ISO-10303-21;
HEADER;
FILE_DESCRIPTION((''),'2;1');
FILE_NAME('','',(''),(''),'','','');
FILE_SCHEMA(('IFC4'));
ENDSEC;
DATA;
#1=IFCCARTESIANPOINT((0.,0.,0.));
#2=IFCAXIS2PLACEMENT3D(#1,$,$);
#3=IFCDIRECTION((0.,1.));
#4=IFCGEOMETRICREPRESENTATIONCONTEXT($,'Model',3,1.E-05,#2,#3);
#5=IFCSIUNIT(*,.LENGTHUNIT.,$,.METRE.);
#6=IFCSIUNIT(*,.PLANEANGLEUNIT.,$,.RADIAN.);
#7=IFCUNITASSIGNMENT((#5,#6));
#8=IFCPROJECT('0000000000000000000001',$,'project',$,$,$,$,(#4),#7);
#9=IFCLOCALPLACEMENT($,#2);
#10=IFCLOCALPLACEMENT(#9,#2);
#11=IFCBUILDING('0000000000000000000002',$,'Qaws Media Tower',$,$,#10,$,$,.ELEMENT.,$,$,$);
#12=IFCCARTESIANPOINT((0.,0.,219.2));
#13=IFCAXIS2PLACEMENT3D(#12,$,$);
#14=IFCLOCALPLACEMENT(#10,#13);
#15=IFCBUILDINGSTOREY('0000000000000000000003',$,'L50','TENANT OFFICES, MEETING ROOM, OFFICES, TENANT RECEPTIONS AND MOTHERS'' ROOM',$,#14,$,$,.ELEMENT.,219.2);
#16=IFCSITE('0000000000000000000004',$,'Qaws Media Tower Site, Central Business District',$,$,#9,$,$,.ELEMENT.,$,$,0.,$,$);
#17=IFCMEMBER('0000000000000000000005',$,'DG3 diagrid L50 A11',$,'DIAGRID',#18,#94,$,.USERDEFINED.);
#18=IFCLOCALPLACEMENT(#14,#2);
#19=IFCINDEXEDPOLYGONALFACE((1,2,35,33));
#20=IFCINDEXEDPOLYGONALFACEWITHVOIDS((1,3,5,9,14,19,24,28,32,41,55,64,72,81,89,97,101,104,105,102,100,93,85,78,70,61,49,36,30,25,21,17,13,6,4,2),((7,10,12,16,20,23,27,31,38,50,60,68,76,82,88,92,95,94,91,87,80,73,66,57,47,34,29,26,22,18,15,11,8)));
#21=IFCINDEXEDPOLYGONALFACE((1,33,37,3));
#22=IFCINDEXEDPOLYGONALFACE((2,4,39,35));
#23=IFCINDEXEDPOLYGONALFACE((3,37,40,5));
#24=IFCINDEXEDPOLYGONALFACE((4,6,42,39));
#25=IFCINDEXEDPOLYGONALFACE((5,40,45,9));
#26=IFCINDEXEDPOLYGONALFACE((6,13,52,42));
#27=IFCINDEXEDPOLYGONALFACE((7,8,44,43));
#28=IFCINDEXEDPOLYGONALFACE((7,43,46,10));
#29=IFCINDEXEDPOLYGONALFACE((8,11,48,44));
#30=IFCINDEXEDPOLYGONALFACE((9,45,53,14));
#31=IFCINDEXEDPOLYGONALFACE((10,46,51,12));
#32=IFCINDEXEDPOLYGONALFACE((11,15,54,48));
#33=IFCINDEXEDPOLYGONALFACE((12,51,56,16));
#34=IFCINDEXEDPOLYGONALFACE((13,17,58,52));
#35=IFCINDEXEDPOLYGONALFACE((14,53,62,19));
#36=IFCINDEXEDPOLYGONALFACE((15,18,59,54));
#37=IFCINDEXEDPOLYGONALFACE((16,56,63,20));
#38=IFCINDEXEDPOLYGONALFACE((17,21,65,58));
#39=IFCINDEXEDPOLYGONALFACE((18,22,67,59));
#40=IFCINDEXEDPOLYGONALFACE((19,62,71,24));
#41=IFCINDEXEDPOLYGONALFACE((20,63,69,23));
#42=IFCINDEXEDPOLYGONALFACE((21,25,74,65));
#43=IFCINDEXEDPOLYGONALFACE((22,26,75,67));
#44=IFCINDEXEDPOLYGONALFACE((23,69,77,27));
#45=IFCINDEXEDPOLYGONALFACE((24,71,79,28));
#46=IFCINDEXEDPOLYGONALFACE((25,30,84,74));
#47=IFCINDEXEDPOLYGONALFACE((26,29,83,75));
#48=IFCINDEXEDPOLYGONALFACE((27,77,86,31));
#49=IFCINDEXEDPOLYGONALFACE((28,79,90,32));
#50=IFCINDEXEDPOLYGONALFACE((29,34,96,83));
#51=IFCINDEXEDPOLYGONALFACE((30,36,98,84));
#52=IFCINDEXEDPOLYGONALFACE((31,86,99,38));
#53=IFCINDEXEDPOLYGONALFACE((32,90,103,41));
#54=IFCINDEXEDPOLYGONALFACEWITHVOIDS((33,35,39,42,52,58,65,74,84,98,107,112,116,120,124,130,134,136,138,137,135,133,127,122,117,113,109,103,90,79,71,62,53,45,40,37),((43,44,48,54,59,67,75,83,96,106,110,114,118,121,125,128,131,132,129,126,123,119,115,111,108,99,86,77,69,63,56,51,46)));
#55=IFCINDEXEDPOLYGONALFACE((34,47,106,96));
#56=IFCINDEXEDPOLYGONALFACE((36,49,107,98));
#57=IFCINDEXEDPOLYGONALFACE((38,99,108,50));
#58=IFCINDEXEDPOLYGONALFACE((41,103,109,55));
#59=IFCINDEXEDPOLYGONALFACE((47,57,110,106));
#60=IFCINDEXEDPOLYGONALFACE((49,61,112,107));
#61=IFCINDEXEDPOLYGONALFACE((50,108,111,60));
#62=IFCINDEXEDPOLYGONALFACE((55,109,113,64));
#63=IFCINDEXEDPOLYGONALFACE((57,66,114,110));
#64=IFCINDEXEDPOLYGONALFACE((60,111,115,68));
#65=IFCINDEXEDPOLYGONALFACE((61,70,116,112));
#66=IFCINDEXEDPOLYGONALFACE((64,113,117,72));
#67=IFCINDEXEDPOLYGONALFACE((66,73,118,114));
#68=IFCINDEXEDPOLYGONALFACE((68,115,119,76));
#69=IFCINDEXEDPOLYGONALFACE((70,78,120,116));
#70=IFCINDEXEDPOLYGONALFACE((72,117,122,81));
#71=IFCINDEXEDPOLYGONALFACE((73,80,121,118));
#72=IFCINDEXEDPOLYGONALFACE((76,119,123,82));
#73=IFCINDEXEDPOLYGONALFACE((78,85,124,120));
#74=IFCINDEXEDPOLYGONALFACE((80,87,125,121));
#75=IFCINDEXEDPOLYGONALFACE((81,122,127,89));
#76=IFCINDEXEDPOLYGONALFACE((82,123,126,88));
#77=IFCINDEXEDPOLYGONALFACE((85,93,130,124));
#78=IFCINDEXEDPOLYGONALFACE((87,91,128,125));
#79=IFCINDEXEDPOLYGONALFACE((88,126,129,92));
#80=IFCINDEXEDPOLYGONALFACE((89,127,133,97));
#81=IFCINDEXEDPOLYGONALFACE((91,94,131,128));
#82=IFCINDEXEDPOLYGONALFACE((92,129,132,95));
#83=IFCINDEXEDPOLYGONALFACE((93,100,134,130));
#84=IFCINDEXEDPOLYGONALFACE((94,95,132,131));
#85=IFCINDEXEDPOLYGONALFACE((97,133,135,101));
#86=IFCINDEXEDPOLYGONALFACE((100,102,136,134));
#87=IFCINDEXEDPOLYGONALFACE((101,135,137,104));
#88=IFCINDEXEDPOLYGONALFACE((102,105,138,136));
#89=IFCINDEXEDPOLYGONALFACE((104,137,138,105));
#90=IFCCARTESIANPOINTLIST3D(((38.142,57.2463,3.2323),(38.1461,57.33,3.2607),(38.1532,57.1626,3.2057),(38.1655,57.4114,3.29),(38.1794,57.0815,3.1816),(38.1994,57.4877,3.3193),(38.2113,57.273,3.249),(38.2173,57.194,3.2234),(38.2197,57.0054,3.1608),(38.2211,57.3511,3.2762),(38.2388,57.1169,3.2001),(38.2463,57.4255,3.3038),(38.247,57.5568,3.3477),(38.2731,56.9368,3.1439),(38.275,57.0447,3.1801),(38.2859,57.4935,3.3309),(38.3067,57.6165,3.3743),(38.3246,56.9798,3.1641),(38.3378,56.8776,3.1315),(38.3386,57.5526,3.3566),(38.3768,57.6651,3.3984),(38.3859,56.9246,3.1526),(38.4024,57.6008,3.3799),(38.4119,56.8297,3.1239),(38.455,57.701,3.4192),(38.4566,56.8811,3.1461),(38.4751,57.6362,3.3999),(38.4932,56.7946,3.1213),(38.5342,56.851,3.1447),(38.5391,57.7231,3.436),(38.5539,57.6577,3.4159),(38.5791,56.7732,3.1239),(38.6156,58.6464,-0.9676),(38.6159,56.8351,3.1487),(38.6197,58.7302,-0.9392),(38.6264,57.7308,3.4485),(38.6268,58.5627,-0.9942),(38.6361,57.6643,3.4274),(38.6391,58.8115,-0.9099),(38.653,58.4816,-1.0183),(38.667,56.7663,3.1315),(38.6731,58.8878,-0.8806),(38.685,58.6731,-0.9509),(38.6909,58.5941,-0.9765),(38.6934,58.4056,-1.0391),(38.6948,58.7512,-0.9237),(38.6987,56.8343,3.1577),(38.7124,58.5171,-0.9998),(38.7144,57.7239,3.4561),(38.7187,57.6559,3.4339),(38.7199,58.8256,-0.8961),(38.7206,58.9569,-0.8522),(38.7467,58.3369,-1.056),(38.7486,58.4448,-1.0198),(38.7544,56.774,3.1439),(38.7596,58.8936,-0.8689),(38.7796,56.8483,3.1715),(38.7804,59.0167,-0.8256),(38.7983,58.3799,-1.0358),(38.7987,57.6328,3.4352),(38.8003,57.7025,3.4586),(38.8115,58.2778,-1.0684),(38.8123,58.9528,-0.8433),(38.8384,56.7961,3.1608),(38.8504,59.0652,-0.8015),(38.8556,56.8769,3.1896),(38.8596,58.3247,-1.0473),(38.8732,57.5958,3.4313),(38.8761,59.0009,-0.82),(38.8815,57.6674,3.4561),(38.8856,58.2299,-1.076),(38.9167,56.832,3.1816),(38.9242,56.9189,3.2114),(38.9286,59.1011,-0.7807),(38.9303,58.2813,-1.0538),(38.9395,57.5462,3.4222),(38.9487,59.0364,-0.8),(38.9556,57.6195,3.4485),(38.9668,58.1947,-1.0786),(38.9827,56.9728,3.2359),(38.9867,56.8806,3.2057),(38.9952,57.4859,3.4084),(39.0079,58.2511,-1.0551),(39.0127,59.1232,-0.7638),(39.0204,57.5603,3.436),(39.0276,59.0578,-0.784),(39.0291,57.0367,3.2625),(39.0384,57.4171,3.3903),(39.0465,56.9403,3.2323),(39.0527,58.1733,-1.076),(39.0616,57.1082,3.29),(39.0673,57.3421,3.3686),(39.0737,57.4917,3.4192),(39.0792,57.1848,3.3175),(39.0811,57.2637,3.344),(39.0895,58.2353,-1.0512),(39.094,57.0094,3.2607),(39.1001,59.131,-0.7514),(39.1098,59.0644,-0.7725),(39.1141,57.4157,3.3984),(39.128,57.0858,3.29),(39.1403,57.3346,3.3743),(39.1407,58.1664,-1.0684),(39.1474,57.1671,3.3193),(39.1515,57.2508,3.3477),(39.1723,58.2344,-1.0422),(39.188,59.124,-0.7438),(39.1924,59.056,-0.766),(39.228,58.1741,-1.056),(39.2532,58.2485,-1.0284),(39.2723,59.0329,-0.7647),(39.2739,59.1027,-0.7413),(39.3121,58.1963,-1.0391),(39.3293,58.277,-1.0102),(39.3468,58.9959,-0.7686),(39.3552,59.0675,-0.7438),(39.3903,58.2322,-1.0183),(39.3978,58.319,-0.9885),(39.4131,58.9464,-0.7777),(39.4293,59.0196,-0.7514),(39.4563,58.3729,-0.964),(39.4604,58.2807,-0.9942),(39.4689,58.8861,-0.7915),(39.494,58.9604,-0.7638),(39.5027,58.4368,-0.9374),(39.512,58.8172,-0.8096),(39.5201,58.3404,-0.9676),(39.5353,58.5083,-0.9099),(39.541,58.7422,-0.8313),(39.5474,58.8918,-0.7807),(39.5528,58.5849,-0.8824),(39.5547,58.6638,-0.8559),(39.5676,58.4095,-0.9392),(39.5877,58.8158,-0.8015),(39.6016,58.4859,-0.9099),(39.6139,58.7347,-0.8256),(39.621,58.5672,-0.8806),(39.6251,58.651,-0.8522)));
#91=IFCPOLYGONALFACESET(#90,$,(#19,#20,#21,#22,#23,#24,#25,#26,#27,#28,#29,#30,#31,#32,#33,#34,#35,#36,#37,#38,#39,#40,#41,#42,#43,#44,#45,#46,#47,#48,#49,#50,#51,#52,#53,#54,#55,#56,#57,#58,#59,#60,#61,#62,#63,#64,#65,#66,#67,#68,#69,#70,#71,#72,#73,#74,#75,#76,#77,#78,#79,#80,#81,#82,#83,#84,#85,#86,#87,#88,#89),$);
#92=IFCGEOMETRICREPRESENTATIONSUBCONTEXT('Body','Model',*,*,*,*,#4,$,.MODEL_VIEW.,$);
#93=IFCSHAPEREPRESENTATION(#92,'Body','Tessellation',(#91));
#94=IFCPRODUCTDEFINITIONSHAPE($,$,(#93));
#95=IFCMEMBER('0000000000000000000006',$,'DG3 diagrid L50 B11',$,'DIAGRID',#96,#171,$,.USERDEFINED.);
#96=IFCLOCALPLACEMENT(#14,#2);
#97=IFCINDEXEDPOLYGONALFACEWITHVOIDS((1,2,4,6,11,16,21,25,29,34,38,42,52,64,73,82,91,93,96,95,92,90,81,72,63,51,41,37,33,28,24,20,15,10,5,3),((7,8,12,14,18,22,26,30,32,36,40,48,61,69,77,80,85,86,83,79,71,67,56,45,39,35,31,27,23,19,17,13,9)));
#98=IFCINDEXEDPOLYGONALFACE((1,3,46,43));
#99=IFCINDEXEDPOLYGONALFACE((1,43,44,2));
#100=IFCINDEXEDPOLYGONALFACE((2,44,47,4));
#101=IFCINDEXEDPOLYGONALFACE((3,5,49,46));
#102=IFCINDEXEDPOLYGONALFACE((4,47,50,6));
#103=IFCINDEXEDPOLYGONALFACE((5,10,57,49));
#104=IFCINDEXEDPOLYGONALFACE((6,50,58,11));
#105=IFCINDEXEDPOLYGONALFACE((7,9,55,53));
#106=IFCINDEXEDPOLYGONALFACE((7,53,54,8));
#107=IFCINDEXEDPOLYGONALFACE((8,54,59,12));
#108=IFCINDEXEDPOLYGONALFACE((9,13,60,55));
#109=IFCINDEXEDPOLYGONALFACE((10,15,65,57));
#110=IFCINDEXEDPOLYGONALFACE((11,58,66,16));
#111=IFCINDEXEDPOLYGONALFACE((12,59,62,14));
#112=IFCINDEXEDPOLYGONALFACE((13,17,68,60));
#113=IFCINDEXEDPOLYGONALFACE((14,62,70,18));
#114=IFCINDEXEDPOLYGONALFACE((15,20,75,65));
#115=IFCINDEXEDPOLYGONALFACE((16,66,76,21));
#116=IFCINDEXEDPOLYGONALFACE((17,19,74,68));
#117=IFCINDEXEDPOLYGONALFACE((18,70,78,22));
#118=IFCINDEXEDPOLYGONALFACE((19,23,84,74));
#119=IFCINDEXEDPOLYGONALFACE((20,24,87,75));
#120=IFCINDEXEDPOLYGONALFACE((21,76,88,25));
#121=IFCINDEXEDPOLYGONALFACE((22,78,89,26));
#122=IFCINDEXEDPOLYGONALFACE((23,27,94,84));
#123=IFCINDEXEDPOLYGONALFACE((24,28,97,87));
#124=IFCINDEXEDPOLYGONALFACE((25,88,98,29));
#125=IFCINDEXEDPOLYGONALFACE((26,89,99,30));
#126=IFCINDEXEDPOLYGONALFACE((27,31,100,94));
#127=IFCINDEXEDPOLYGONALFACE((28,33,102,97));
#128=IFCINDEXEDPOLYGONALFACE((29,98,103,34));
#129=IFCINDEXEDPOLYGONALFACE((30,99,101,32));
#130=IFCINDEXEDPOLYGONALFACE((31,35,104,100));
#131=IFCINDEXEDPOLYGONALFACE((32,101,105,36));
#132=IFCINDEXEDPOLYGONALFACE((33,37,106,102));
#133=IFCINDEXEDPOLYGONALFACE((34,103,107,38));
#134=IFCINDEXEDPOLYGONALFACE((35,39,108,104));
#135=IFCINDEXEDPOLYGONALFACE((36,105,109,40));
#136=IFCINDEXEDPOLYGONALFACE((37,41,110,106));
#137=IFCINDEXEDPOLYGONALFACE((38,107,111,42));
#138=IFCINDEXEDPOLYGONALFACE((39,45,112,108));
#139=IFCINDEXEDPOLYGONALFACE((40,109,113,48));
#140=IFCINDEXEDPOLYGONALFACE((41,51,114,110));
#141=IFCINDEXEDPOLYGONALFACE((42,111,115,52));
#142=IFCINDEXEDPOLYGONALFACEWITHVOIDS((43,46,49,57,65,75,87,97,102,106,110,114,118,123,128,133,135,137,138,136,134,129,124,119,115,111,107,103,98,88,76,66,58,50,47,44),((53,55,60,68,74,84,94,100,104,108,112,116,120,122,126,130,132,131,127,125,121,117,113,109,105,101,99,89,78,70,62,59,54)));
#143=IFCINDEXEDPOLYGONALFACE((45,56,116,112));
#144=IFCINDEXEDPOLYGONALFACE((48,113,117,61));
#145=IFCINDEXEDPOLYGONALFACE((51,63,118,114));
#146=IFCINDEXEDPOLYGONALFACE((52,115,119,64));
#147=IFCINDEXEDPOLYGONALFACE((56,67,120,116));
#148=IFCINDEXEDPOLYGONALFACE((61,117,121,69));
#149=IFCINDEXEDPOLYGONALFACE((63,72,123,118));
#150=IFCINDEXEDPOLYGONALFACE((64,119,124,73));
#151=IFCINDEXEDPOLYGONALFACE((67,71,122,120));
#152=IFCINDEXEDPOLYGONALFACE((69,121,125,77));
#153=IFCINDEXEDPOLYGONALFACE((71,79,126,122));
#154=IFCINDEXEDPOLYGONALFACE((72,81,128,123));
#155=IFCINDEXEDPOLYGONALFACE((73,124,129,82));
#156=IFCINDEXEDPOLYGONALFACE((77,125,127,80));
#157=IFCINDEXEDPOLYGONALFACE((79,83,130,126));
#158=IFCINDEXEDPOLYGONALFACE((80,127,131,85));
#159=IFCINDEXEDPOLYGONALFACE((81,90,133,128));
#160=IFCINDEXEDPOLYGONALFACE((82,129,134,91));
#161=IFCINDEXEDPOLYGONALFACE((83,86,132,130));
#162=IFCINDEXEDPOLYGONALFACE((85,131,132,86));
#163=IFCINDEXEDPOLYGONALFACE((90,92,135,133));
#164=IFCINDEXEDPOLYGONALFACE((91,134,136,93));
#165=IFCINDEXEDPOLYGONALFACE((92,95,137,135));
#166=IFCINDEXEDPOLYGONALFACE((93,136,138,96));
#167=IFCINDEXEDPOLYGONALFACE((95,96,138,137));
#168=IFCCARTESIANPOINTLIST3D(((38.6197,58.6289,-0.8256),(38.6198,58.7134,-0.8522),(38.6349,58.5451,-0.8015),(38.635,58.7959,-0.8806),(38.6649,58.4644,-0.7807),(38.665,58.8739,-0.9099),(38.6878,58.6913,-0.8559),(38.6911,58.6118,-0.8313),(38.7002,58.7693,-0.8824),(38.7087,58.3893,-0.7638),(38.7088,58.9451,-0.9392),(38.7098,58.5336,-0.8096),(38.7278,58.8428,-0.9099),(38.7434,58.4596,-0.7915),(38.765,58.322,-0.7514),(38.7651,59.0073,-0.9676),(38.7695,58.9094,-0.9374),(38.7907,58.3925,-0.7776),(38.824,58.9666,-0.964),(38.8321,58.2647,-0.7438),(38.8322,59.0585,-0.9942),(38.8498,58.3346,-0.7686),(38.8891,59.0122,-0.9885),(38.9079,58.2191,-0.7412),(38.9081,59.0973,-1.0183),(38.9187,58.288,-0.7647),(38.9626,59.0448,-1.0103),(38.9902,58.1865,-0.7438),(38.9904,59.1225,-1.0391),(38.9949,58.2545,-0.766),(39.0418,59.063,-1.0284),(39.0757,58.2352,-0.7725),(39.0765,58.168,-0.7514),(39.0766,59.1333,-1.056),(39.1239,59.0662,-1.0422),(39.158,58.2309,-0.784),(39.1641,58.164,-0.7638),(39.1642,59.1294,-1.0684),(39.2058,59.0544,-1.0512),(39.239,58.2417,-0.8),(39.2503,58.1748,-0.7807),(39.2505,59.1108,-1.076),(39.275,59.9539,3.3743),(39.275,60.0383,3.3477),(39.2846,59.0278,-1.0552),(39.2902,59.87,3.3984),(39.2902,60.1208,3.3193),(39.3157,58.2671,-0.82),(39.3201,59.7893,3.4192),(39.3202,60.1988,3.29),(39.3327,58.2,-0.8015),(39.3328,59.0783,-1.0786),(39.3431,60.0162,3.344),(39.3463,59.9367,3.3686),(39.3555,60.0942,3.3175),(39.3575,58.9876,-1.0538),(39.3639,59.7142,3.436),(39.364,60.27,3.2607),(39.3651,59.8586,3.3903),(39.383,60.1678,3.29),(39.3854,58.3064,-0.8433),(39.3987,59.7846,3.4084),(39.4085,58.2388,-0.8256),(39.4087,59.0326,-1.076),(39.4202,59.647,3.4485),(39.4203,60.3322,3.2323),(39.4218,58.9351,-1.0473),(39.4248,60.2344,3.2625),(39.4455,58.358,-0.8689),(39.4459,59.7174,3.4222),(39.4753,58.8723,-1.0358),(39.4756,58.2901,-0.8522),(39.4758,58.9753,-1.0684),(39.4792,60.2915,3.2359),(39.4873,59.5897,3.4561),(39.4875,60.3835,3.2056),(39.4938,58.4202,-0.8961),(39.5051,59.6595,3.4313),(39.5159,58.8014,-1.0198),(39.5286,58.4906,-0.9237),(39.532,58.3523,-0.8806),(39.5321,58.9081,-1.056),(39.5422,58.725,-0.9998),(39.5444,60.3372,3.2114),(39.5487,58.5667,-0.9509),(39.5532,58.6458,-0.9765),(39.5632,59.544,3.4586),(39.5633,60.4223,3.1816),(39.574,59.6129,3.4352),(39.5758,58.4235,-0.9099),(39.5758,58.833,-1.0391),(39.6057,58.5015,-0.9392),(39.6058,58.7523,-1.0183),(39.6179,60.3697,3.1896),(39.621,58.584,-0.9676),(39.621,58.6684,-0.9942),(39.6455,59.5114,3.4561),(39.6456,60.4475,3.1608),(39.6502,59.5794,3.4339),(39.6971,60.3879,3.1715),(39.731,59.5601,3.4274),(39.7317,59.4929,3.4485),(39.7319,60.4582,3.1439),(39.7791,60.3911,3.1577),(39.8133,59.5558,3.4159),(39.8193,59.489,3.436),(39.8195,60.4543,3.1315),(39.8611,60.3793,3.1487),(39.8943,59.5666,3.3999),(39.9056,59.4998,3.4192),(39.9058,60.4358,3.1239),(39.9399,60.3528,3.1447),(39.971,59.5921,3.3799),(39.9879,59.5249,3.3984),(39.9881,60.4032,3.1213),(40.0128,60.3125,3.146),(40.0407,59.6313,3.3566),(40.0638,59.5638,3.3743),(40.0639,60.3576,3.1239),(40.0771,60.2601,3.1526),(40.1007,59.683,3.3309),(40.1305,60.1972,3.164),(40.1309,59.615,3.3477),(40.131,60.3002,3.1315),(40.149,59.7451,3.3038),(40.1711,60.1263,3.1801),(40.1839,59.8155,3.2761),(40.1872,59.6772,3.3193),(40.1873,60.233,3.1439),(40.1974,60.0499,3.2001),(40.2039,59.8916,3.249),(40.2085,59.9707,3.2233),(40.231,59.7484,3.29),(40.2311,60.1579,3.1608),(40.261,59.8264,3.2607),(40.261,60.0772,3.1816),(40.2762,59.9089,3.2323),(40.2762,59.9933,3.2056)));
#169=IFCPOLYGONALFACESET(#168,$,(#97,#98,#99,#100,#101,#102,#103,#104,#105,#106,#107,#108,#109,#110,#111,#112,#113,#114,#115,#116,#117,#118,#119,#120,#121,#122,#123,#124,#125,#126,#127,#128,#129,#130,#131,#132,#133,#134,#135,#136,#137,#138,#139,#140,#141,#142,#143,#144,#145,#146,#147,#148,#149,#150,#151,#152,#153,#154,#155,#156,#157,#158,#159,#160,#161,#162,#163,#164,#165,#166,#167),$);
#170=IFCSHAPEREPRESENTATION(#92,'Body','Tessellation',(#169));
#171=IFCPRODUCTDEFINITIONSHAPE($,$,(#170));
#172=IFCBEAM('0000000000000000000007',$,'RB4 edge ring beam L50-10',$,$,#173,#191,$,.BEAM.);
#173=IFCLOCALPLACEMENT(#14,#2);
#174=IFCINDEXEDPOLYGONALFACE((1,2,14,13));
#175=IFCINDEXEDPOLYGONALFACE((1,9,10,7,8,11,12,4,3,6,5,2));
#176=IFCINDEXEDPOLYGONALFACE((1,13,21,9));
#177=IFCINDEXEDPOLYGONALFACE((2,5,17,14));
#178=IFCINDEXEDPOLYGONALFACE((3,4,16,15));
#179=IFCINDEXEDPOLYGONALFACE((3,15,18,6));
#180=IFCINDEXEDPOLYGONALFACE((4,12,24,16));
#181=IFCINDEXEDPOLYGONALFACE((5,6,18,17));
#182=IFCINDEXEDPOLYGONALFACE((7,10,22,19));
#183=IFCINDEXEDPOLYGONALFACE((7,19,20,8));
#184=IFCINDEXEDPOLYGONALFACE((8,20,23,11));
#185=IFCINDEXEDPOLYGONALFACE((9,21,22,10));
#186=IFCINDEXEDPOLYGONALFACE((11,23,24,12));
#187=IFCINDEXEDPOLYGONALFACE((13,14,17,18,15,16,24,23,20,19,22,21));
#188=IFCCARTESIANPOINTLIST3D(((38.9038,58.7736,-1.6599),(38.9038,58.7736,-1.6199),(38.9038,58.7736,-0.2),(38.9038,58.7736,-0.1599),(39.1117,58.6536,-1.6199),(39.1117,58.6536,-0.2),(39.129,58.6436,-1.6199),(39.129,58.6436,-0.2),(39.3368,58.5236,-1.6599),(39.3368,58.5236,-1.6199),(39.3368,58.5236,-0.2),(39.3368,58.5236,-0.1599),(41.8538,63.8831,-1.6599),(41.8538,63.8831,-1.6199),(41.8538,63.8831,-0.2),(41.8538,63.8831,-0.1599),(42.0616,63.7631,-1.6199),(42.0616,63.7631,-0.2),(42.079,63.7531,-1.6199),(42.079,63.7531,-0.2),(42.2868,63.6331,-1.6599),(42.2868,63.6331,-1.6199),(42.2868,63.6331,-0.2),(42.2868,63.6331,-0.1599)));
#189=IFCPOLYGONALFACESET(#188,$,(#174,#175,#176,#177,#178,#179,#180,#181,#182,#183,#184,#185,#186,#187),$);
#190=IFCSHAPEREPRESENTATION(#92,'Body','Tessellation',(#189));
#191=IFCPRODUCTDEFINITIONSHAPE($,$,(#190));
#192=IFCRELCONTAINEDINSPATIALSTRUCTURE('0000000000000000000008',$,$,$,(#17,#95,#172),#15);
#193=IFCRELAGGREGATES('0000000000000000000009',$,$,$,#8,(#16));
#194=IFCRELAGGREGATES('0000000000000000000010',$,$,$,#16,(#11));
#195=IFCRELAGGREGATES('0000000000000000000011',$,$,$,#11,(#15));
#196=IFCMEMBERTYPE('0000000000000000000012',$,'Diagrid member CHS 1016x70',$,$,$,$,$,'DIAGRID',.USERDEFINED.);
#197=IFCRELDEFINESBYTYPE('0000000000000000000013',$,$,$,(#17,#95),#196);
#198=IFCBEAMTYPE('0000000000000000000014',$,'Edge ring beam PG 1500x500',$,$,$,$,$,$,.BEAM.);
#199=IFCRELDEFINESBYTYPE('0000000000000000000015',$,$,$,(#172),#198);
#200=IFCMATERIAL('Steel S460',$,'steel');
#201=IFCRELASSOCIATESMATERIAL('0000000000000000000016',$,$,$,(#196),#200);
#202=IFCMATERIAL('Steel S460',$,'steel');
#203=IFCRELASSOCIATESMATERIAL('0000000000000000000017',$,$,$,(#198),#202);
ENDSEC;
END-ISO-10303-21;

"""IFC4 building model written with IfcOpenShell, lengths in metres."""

from ifc_helpers import new_model, si_unit, direction, frame, origin, origin_2d, place, context, subcontext, project, spatial, hollow_circle, i_section, extrude, material, material_profile, profile_set, type_object, element, save


model = new_model("IFC4")

# Units and contexts
model_context = context("Model", 3, precision=1e-05, world=origin(), true_north=direction((0.0, 1.0)))
body_context = subcontext(model_context, "Body", "Model", "MODEL_VIEW")
ifc_project = project(units=[si_unit("LENGTHUNIT", "METRE"), si_unit("PLANEANGLEUNIT", "RADIAN")], contexts=[model_context])

# Site, building, storey
site_placement = place(None, origin())
site = spatial("IfcSite", under=ifc_project, at=site_placement, Name="Qaws Media Tower Site, Central Business District", CompositionType="ELEMENT", RefElevation=0.0)
building_placement = place(site_placement, origin())
building = spatial("IfcBuilding", under=site, at=building_placement, Name="Qaws Media Tower", CompositionType="ELEMENT")
storey_placement = place(building_placement, frame((0.0, 0.0, 219.2)))
storey = spatial("IfcBuildingStorey", under=building, at=storey_placement, Name="L50", Description="TENANT OFFICES, MEETING ROOM, OFFICES, TENANT RECEPTIONS AND MOTHERS' ROOM", CompositionType="ELEMENT", Elevation=219.2)

# Members
ifc_material_1 = material(Name="Steel S460", Category="steel")
ifc_material_profile_1 = material_profile(ifc_material_1, hollow_circle(Radius=0.5081, WallThickness=0.0701, at=origin_2d()), Name="CHS 1016x70")
ifc_profile_set_1 = profile_set([ifc_material_profile_1], Name="Steel S460")
member_type_1 = type_object("IfcMemberType", Name="Diagrid member CHS 1016x70", ElementType="DIAGRID", PredefinedType="USERDEFINED", material=ifc_profile_set_1)
for number, where, z_axis, x_axis, name in (
    (1, (39.1204, 58.6487, -0.9099), (-0.106376, -0.314466, 0.94329), (0.94727, -0.320437, 0.0), "DG3 diagrid L50 A11"),
    (2, (39.1204, 58.6487, -0.9099), (0.147171, 0.297577, 0.943286), (-0.896368, 0.443311, 0.0), "DG3 diagrid L50 B11"),
):
    element("IfcMember", number, at=place(storey_placement, frame(where, z_axis=z_axis, x_axis=x_axis)), inside=storey, type_object=member_type_1, Name=name, ObjectType="DIAGRID", PredefinedType="USERDEFINED", context=body_context, shape_type="SweptSolid", body=[
        extrude(hollow_circle(Radius=0.5081, WallThickness=0.0701, at=origin_2d()), origin(), (0.0, 0.0, 1.0), 4.4524),
    ])

# Beam
ifc_material_2 = material(Name="Steel S460", Category="steel")
ifc_material_profile_2 = material_profile(ifc_material_2, i_section(OverallWidth=0.5, OverallDepth=1.5, WebThickness=0.02, FlangeThickness=0.04, at=origin_2d()), Name="PG 1500x500")
ifc_profile_set_2 = profile_set([ifc_material_profile_2], Name="Steel S460")
beam_type = type_object("IfcBeamType", Name="Edge ring beam PG 1500x500", PredefinedType="BEAM", material=ifc_profile_set_2)
for number, where, z_axis, x_axis, name in (
    (3, (42.0703, 63.7581, -0.9099), (-0.500007, -0.866022, 0.0), (0.866022, -0.500007, 0.0), "RB4 edge ring beam L50-10"),
):
    element("IfcBeam", number, at=place(storey_placement, frame(where, z_axis=z_axis, x_axis=x_axis)), inside=storey, type_object=beam_type, Name=name, PredefinedType="BEAM", context=body_context, shape_type="SweptSolid", body=[
        extrude(i_section(OverallWidth=0.5, OverallDepth=1.5, WebThickness=0.02, FlangeThickness=0.04, at=origin_2d()), origin(), (0.0, 0.0, 1.0), 5.8999),
    ])

save(model, "model.ifc")
